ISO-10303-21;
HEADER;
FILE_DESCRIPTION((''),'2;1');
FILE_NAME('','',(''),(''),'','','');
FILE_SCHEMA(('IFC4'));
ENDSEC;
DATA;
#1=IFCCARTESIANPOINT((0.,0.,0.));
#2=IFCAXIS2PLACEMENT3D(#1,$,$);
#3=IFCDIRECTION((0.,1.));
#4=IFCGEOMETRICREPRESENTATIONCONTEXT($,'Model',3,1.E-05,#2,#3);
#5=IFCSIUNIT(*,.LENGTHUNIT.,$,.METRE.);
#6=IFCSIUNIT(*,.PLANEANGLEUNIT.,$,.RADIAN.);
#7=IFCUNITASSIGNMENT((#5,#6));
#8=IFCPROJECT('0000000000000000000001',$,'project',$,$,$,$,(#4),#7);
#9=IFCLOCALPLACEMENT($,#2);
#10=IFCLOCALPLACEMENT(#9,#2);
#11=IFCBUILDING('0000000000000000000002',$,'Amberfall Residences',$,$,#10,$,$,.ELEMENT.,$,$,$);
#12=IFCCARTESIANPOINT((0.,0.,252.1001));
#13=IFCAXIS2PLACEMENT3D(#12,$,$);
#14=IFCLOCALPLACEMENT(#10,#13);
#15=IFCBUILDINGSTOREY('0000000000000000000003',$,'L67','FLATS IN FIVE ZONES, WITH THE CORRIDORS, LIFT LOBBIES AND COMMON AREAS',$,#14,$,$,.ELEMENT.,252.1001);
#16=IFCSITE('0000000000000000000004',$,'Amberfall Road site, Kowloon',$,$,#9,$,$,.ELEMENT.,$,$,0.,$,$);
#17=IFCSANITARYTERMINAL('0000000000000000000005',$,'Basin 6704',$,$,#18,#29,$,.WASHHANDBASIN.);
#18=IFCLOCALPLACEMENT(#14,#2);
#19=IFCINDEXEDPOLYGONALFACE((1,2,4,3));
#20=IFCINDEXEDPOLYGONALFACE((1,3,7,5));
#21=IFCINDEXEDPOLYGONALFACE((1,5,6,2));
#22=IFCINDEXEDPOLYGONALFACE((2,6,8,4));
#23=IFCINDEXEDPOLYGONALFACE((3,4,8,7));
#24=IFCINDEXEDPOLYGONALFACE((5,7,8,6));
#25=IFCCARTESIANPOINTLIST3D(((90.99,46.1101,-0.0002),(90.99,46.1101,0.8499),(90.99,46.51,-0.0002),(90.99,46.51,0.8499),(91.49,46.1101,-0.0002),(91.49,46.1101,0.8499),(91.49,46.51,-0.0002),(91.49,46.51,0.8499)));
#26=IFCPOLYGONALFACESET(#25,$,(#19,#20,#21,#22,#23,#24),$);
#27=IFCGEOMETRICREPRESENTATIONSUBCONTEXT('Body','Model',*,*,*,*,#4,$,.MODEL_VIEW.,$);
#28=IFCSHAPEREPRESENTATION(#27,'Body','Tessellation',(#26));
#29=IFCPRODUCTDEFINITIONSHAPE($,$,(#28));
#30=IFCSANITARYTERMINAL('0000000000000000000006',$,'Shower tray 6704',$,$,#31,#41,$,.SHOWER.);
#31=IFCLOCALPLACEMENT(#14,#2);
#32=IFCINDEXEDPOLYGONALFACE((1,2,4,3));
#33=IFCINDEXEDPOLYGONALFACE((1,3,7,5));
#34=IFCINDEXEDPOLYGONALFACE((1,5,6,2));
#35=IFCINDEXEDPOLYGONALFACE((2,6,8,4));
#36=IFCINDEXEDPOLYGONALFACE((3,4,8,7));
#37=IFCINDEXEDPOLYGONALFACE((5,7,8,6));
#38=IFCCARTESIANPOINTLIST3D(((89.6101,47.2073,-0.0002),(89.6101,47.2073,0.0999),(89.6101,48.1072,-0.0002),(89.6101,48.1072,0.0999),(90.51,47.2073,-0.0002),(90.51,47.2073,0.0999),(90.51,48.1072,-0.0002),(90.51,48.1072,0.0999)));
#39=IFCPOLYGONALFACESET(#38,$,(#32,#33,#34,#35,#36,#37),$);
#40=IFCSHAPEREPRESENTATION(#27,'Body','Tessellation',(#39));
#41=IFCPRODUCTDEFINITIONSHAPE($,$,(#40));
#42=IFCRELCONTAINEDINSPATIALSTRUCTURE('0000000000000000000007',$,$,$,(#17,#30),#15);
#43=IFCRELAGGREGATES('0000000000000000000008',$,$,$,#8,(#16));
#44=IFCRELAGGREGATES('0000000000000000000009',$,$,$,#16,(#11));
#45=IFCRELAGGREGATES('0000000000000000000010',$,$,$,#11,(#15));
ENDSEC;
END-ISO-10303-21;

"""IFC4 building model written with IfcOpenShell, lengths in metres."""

from ifc_helpers import new_model, si_unit, direction, frame, origin, origin_2d, place, context, subcontext, project, spatial, rectangle, extrude, element, save


model = new_model("IFC4")

# Units and contexts
model_context = context("Model", 3, precision=1e-05, world=origin(), true_north=direction((0.0, 1.0)))
body_context = subcontext(model_context, "Body", "Model", "MODEL_VIEW")
ifc_project = project(units=[si_unit("LENGTHUNIT", "METRE"), si_unit("PLANEANGLEUNIT", "RADIAN")], contexts=[model_context])

# Site, building, storey
site_placement = place(None, origin())
site = spatial("IfcSite", under=ifc_project, at=site_placement, Name="Amberfall Road site, Kowloon", CompositionType="ELEMENT", RefElevation=0.0)
building_placement = place(site_placement, origin())
building = spatial("IfcBuilding", under=site, at=building_placement, Name="Amberfall Residences", CompositionType="ELEMENT")
storey_placement = place(building_placement, frame((0.0, 0.0, 252.1001)))
storey = spatial("IfcBuildingStorey", under=building, at=storey_placement, Name="L67", Description="FLATS IN FIVE ZONES, WITH THE CORRIDORS, LIFT LOBBIES AND COMMON AREAS", CompositionType="ELEMENT", Elevation=252.1001)

# Sanitary terminals
sanitary_terminal_1_placement = place(storey_placement, frame((91.24, 46.3101, -0.0002), z_axis=(0.0, 0.0, 1.0), x_axis=(1.0, 0.0, 0.0)))
element("IfcSanitaryTerminal", 1, at=sanitary_terminal_1_placement, inside=storey, Name="Basin 6704", PredefinedType="WASHHANDBASIN", context=body_context, shape_type="SweptSolid", body=[
    extrude(rectangle(XDim=0.5, YDim=0.3999, at=origin_2d()), origin(), (0.0, 0.0, 1.0), 0.8501),
])
sanitary_terminal_2_placement = place(storey_placement, frame((90.0601, 47.6572, -0.0002), z_axis=(0.0, 0.0, 1.0), x_axis=(1.0, 0.0, 0.0)))
element("IfcSanitaryTerminal", 2, at=sanitary_terminal_2_placement, inside=storey, Name="Shower tray 6704", PredefinedType="SHOWER", context=body_context, shape_type="SweptSolid", body=[
    extrude(rectangle(XDim=0.8999, YDim=0.8999, at=origin_2d()), origin(), (0.0, 0.0, 1.0), 0.1001),
])

save(model, "model.ifc")
